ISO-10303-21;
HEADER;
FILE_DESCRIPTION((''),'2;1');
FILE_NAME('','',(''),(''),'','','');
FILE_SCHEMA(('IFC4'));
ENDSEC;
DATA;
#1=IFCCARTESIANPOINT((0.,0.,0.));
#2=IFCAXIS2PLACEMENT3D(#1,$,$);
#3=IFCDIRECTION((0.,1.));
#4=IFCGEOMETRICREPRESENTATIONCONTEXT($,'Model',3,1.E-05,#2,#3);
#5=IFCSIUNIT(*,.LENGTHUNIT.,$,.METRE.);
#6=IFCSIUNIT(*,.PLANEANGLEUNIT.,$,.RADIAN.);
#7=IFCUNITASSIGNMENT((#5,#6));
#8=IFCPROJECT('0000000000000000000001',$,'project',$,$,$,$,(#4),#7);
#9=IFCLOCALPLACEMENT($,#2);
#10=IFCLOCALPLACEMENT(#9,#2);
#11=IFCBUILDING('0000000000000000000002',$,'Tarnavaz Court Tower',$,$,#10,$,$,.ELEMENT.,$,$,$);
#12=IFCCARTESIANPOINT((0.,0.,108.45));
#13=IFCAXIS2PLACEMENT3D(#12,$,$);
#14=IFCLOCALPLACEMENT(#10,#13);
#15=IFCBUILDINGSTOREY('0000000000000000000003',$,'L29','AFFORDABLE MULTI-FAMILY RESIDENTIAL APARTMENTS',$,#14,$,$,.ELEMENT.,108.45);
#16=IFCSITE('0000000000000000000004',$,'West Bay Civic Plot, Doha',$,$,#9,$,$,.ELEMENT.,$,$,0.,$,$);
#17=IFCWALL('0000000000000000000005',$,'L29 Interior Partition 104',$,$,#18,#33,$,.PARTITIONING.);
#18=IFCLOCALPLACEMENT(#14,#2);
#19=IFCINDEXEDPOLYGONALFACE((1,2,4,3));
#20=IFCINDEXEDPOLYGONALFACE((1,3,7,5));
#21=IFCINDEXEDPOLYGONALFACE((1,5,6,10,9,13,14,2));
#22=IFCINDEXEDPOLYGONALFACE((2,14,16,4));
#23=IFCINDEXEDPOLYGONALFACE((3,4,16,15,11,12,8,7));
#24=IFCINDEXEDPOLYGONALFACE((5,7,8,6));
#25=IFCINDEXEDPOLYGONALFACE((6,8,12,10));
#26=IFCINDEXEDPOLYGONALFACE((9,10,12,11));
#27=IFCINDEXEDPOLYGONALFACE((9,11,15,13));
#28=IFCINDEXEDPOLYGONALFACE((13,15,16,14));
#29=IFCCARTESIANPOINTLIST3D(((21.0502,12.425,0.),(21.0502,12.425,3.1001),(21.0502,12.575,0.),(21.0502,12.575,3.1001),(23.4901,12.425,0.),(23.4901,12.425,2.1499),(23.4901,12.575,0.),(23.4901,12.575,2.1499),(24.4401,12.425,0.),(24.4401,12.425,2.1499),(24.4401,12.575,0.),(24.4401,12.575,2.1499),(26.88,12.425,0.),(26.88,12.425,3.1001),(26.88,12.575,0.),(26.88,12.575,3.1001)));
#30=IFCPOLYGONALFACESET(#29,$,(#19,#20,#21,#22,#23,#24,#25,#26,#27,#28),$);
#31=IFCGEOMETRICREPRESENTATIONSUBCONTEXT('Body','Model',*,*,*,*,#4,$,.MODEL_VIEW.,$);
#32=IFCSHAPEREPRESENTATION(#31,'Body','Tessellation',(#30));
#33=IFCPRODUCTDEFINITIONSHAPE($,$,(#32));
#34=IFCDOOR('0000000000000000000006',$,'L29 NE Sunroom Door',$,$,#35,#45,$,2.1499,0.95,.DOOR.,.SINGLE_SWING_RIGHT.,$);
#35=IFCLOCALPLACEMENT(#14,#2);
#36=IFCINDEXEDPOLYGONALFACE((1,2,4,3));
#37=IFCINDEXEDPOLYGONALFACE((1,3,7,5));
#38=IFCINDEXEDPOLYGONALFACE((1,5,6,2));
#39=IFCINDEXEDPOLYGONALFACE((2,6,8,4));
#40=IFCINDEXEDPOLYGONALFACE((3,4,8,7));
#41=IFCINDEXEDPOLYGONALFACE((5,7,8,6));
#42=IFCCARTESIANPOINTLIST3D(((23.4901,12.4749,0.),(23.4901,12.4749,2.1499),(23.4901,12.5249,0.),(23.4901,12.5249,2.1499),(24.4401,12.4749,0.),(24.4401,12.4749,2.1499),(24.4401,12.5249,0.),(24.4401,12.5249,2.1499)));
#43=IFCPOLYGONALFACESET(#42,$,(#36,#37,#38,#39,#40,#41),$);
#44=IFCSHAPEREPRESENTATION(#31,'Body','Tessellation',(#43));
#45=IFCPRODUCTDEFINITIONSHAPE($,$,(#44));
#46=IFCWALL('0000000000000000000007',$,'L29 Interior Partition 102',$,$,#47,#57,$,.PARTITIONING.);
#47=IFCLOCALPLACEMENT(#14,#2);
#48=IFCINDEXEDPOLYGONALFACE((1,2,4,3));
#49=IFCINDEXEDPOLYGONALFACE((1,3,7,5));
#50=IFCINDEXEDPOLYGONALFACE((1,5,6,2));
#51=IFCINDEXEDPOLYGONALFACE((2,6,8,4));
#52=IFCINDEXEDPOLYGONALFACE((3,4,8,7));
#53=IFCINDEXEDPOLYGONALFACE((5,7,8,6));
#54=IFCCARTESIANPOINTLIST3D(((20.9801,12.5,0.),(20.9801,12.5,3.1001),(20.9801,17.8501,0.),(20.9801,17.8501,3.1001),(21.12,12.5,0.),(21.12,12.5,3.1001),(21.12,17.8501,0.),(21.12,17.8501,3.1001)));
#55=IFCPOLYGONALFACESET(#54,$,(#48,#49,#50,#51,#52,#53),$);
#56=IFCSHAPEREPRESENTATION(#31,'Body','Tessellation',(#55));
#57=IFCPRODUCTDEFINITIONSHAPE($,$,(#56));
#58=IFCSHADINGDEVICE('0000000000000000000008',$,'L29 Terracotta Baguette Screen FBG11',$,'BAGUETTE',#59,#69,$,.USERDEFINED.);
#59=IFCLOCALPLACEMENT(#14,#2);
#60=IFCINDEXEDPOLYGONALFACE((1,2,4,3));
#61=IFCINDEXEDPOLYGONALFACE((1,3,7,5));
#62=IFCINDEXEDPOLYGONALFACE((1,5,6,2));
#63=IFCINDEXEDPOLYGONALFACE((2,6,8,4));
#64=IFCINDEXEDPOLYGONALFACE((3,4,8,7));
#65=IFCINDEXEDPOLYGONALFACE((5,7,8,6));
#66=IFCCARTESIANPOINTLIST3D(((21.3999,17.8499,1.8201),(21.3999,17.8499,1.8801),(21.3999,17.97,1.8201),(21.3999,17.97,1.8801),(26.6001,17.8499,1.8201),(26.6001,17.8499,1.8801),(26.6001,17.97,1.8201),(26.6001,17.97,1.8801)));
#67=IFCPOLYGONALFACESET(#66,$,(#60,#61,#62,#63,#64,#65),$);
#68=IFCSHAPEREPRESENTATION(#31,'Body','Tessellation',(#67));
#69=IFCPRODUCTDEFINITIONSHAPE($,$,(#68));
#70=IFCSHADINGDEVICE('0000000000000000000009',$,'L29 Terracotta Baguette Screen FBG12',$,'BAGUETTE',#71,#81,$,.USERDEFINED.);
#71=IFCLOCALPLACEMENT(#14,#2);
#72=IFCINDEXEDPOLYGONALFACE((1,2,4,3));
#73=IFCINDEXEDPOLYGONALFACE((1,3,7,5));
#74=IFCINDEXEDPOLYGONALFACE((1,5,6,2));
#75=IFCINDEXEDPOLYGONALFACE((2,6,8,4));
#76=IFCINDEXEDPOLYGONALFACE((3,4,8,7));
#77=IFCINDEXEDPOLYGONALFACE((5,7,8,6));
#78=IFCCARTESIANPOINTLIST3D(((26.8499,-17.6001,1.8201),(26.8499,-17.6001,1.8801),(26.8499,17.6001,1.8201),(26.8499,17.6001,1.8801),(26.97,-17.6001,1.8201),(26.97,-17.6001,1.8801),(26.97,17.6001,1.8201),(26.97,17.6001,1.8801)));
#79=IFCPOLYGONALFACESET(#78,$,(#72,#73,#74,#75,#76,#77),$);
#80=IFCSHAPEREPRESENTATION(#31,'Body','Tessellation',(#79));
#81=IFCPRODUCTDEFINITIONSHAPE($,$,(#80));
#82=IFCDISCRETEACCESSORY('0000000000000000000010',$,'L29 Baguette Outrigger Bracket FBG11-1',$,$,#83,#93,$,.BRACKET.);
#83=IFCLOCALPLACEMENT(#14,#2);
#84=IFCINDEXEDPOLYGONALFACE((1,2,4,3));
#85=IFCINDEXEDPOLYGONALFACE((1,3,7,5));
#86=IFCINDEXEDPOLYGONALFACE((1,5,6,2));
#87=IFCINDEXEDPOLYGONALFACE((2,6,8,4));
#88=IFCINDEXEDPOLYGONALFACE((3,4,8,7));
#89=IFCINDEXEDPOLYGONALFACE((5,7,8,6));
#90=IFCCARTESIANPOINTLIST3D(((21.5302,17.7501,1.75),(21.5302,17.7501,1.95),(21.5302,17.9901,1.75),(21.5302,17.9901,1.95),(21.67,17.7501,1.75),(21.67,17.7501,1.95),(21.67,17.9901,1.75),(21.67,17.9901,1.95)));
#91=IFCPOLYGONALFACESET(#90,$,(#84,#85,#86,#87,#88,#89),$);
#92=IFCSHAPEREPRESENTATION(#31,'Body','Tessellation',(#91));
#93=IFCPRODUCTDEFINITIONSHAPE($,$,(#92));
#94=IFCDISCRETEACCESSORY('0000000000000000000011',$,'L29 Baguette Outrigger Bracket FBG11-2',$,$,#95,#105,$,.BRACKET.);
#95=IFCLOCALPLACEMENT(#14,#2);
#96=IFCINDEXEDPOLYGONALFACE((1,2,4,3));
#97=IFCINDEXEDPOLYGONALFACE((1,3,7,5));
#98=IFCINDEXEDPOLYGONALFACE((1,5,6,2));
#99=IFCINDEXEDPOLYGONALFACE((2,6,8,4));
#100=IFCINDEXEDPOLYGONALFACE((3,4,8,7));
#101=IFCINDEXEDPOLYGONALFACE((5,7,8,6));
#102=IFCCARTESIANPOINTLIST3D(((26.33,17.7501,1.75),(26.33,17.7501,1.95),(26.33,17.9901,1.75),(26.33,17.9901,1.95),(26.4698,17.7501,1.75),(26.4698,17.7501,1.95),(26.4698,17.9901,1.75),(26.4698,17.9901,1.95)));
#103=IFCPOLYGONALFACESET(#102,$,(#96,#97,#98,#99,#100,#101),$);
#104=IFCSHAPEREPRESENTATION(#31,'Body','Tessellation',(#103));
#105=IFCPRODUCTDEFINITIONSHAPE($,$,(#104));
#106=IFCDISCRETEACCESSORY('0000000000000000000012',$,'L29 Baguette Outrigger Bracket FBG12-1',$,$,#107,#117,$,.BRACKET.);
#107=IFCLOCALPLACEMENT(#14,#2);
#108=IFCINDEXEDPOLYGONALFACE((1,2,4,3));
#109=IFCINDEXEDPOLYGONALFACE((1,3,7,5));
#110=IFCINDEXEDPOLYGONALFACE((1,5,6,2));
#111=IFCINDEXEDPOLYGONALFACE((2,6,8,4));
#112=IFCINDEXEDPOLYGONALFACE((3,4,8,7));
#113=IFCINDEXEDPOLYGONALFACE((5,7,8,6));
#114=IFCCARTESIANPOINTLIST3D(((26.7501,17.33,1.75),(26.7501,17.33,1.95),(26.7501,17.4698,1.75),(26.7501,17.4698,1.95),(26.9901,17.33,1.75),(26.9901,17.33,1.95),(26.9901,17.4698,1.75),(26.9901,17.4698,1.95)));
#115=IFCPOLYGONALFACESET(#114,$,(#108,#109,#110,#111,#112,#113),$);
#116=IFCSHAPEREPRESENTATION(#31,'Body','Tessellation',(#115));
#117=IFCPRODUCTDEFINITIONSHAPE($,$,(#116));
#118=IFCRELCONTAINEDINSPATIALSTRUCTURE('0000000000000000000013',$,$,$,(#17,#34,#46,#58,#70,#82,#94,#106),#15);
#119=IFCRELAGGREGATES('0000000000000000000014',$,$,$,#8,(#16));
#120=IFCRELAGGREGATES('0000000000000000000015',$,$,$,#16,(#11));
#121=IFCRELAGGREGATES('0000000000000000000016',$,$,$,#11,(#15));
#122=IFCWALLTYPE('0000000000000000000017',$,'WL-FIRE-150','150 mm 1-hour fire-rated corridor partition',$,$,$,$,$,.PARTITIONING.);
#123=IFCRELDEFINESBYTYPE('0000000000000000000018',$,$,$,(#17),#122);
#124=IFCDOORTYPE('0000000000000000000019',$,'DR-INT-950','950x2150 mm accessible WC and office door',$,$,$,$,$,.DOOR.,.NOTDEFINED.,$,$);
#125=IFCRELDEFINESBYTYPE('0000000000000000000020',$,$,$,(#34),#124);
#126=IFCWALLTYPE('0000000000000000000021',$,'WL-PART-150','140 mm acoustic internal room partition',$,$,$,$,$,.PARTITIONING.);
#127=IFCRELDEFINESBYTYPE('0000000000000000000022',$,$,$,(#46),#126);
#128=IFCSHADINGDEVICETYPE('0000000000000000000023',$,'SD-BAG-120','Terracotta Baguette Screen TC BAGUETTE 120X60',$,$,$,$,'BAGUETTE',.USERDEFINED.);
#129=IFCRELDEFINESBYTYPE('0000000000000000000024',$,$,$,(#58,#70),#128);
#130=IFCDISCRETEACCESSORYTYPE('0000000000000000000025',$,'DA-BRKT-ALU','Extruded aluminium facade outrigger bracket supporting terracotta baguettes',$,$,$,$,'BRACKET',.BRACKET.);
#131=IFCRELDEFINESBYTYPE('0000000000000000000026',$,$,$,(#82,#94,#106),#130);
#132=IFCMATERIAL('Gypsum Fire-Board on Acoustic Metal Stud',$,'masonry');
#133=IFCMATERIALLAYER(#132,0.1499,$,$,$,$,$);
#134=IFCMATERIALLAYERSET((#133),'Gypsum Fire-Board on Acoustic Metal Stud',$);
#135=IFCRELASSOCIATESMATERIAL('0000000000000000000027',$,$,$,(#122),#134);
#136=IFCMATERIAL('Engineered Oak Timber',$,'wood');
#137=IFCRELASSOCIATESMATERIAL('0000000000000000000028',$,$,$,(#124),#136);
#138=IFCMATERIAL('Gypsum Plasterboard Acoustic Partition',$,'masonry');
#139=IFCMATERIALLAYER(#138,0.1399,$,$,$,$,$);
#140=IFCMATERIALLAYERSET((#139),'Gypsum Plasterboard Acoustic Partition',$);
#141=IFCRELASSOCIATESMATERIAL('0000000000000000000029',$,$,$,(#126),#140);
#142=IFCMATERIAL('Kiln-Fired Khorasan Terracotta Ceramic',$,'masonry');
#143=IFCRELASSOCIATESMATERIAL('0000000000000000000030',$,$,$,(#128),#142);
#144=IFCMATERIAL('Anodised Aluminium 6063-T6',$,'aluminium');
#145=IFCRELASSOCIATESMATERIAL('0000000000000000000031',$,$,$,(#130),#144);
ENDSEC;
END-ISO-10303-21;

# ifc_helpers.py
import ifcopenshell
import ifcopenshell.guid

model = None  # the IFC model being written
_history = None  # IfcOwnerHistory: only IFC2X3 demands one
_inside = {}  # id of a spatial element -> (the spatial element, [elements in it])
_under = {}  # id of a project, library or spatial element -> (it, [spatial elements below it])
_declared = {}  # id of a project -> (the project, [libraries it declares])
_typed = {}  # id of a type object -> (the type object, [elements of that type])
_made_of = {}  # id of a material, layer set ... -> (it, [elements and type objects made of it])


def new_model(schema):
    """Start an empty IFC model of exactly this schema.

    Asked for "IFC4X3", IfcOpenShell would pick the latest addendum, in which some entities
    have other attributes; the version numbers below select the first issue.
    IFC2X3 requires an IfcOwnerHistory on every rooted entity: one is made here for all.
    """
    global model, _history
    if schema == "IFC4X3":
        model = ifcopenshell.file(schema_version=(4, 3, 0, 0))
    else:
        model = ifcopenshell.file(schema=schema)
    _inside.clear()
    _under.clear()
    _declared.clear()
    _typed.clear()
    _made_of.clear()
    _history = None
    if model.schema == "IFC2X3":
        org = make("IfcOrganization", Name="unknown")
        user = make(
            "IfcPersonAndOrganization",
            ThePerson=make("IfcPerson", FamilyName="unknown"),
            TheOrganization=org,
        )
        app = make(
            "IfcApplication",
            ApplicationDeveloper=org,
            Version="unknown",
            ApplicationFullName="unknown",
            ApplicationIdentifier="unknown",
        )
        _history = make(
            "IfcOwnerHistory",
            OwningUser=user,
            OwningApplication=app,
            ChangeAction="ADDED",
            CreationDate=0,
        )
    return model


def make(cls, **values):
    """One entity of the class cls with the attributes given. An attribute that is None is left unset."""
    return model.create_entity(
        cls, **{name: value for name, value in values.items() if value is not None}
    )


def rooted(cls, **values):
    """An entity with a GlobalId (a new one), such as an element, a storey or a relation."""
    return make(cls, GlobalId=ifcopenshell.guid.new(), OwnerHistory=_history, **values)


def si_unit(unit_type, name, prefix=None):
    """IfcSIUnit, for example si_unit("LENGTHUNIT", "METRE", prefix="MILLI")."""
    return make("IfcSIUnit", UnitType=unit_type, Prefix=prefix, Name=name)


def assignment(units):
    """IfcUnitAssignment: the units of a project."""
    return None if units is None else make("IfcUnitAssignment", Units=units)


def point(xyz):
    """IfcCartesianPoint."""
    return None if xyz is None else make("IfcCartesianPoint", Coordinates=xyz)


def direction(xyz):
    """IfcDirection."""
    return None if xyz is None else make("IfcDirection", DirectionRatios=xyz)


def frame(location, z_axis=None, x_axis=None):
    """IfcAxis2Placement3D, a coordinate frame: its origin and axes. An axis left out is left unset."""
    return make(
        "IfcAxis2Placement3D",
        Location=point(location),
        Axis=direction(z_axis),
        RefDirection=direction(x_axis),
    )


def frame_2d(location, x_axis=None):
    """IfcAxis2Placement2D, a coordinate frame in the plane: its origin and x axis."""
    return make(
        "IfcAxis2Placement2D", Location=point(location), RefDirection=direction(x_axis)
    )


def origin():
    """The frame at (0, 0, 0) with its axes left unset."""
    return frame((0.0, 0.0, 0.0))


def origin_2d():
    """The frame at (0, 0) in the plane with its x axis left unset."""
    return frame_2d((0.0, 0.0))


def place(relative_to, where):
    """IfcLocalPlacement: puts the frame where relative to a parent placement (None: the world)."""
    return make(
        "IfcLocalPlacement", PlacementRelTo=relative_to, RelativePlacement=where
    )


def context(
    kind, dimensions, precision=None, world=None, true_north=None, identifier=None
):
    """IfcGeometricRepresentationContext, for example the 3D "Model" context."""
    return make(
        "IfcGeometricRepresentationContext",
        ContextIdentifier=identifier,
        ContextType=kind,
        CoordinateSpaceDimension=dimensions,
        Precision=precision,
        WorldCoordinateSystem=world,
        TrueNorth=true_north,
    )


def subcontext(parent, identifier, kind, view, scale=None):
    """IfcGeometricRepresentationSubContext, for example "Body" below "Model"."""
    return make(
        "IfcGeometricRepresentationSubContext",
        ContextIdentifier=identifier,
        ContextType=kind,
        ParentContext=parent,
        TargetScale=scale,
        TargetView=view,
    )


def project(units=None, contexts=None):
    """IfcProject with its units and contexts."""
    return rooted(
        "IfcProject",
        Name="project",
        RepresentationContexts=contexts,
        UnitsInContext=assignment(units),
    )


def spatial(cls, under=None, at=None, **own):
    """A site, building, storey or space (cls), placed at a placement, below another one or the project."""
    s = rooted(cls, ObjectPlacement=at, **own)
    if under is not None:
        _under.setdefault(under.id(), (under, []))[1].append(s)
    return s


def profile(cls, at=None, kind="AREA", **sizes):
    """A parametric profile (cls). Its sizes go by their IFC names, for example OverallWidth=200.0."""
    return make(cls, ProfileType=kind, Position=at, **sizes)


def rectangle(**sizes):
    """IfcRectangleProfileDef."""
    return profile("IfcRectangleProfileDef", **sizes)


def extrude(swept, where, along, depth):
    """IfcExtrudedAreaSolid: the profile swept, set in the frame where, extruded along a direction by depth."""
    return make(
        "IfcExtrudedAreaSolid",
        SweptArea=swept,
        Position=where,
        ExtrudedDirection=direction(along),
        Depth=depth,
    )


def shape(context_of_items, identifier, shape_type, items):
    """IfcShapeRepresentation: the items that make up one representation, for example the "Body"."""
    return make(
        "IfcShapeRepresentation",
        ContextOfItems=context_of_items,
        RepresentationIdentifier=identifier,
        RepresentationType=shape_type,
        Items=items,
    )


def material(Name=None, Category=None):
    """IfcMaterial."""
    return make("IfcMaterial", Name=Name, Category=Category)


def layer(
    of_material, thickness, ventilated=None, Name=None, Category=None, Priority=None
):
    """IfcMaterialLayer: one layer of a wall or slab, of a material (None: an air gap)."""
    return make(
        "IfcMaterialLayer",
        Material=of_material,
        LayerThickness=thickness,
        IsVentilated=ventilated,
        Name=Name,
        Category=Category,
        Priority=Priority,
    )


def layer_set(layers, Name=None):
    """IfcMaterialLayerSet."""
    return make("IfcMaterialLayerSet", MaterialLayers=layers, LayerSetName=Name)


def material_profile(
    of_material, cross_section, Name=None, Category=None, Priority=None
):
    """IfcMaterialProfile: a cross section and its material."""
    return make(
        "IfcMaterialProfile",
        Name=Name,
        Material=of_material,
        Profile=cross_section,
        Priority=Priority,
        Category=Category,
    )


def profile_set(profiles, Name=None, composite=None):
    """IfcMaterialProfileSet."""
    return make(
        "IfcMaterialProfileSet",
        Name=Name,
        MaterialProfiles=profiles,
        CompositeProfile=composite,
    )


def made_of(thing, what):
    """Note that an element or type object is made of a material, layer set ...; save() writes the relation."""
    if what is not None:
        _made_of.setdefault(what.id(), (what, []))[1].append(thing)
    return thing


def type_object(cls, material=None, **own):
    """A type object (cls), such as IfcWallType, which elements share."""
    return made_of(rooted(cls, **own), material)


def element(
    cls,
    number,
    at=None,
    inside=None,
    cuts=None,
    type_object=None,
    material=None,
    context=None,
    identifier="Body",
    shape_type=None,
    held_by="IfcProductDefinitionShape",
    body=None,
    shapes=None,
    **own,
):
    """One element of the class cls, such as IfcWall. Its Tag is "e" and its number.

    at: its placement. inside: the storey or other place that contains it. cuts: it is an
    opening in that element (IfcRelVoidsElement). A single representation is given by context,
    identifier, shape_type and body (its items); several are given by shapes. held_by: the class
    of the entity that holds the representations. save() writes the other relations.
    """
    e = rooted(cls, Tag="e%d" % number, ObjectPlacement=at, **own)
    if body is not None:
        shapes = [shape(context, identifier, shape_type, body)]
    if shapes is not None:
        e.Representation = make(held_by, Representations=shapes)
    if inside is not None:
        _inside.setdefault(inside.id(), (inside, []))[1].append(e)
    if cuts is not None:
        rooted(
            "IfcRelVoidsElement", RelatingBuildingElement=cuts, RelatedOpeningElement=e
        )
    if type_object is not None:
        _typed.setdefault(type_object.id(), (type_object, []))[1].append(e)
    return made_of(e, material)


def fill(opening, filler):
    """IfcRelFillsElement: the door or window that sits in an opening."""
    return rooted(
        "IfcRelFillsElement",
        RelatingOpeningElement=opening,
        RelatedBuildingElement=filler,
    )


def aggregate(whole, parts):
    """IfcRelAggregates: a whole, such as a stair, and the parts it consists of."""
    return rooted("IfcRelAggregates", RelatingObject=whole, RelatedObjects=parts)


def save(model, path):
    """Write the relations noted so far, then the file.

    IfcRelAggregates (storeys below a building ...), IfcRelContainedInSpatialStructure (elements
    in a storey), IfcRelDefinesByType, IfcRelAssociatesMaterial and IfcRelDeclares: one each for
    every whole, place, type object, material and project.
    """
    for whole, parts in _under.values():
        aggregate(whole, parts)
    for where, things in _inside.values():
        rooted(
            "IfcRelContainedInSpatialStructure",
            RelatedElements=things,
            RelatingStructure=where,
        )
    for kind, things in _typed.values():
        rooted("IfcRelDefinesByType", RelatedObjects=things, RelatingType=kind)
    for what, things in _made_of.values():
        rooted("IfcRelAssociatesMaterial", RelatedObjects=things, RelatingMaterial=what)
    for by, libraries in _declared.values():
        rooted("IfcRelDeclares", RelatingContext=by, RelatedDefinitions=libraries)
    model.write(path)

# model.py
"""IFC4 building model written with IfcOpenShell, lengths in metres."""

from ifc_helpers import new_model, si_unit, direction, frame, frame_2d, origin, origin_2d, place, context, subcontext, project, spatial, rectangle, extrude, material, layer, layer_set, material_profile, profile_set, type_object, element, fill, save


model = new_model("IFC4")

# Units and contexts
model_context = context("Model", 3, precision=1e-05, world=origin(), true_north=direction((0.0, 1.0)))
body_context = subcontext(model_context, "Body", "Model", "MODEL_VIEW")
ifc_project = project(units=[si_unit("LENGTHUNIT", "METRE"), si_unit("PLANEANGLEUNIT", "RADIAN")], contexts=[model_context])

# Site, building, storey
site_placement = place(None, origin())
site = spatial("IfcSite", under=ifc_project, at=site_placement, Name="West Bay Civic Plot, Doha", CompositionType="ELEMENT", RefElevation=0.0)
building_placement = place(site_placement, origin())
building = spatial("IfcBuilding", under=site, at=building_placement, Name="Tarnavaz Court Tower", CompositionType="ELEMENT")
storey_placement = place(building_placement, frame((0.0, 0.0, 108.45)))
storey = spatial("IfcBuildingStorey", under=building, at=storey_placement, Name="L29", Description="AFFORDABLE MULTI-FAMILY RESIDENTIAL APARTMENTS", CompositionType="ELEMENT", Elevation=108.45)

# Wall, opening, door
ifc_material_1 = material(Name="Gypsum Fire-Board on Acoustic Metal Stud", Category="masonry")
ifc_layer_1 = layer(ifc_material_1, 0.1499)
ifc_layer_set_1 = layer_set([ifc_layer_1], Name="Gypsum Fire-Board on Acoustic Metal Stud")
wall_type_1 = type_object("IfcWallType", Name="WL-FIRE-150", Description="150 mm 1-hour fire-rated corridor partition", PredefinedType="PARTITIONING", material=ifc_layer_set_1)
wall_1_placement = place(storey_placement, frame((21.05, 12.5, 0.0), z_axis=(0.0, 0.0, 1.0), x_axis=(1.0, 0.0, 0.0)))
wall_1 = element("IfcWall", 1, at=wall_1_placement, inside=storey, type_object=wall_type_1, Name="L29 Interior Partition 104", PredefinedType="PARTITIONING", context=body_context, shape_type="SweptSolid", body=[
    extrude(rectangle(XDim=5.8298, YDim=0.1499, at=frame_2d((2.915, 0.0))), origin(), (0.0, 0.0, 1.0), 3.1001),
])
opening_1_placement = place(wall_1_placement, frame((2.4399, 0.0, 0.0)))
opening_1 = element("IfcOpeningElement", 2, at=opening_1_placement, cuts=wall_1, PredefinedType="OPENING", context=body_context, shape_type="SweptSolid", body=[
    extrude(rectangle(XDim=0.95, YDim=2.1499, at=frame_2d((0.4751, 1.075))), frame((0.0, 0.085, 0.0), z_axis=(0.0, -1.0, 0.0), x_axis=(1.0, 0.0, 0.0)), (0.0, 0.0, 1.0), 0.1699),
])
ifc_material_2 = material(Name="Engineered Oak Timber", Category="wood")
door_type = type_object("IfcDoorType", Name="DR-INT-950", Description="950x2150 mm accessible WC and office door", OperationType="NOTDEFINED", PredefinedType="DOOR", material=ifc_material_2)
door_placement = place(opening_1_placement, origin())
door = element("IfcDoor", 3, at=door_placement, inside=storey, type_object=door_type, Name="L29 NE Sunroom Door", OperationType="SINGLE_SWING_RIGHT", OverallHeight=2.1499, OverallWidth=0.95, PredefinedType="DOOR", context=body_context, shape_type="SweptSolid", body=[
    extrude(rectangle(XDim=0.95, YDim=2.1499, at=frame_2d((0.4751, 1.075))), frame((0.0, 0.0249, 0.0), z_axis=(0.0, -1.0, 0.0), x_axis=(1.0, 0.0, 0.0)), (0.0, 0.0, 1.0), 0.05),
])
fill(opening_1, door)

# Wall
ifc_material_3 = material(Name="Gypsum Plasterboard Acoustic Partition", Category="masonry")
ifc_layer_2 = layer(ifc_material_3, 0.1399)
ifc_layer_set_2 = layer_set([ifc_layer_2], Name="Gypsum Plasterboard Acoustic Partition")
wall_type_2 = type_object("IfcWallType", Name="WL-PART-150", Description="140 mm acoustic internal room partition", PredefinedType="PARTITIONING", material=ifc_layer_set_2)
wall_2_placement = place(storey_placement, frame((21.05, 12.5, 0.0), z_axis=(0.0, 0.0, 1.0), x_axis=(0.0, 1.0, 0.0)))
element("IfcWall", 4, at=wall_2_placement, inside=storey, type_object=wall_type_2, Name="L29 Interior Partition 102", PredefinedType="PARTITIONING", context=body_context, shape_type="SweptSolid", body=[
    extrude(rectangle(XDim=5.3501, YDim=0.1399, at=frame_2d((2.675, 0.0))), origin(), (0.0, 0.0, 1.0), 3.1001),
])

# Shading devices
ifc_material_4 = material(Name="Kiln-Fired Khorasan Terracotta Ceramic", Category="masonry")
ifc_material_profile_1 = material_profile(ifc_material_4, rectangle(XDim=0.1201, YDim=0.0601, at=origin_2d()), Name="TC BAGUETTE 120X60")
ifc_profile_set_1 = profile_set([ifc_material_profile_1], Name="Kiln-Fired Khorasan Terracotta Ceramic")
shading_device_type = type_object("IfcShadingDeviceType", Name="SD-BAG-120", Description="Terracotta Baguette Screen TC BAGUETTE 120X60", ElementType="BAGUETTE", PredefinedType="USERDEFINED", material=ifc_profile_set_1)
shading_device_1_placement = place(storey_placement, frame((21.3999, 17.9099, 1.8501), z_axis=(1.0, 0.0, 0.0), x_axis=(0.0, 1.0, 0.0)))
element("IfcShadingDevice", 5, at=shading_device_1_placement, inside=storey, type_object=shading_device_type, Name="L29 Terracotta Baguette Screen FBG11", ObjectType="BAGUETTE", PredefinedType="USERDEFINED", context=body_context, shape_type="SweptSolid", body=[
    extrude(rectangle(XDim=0.1201, YDim=0.0601, at=origin_2d()), origin(), (0.0, 0.0, 1.0), 5.2002),
])
shading_device_2_placement = place(storey_placement, frame((26.9099, 17.6001, 1.8501), z_axis=(0.0, -1.0, 0.0), x_axis=(1.0, 0.0, 0.0)))
element("IfcShadingDevice", 6, at=shading_device_2_placement, inside=storey, type_object=shading_device_type, Name="L29 Terracotta Baguette Screen FBG12", ObjectType="BAGUETTE", PredefinedType="USERDEFINED", context=body_context, shape_type="SweptSolid", body=[
    extrude(rectangle(XDim=0.1201, YDim=0.0601, at=origin_2d()), origin(), (0.0, 0.0, 1.0), 35.2002),
])

# Discrete accessories
ifc_material_5 = material(Name="Anodised Aluminium 6063-T6", Category="aluminium")
discrete_accessory_type = type_object("IfcDiscreteAccessoryType", Name="DA-BRKT-ALU", Description="Extruded aluminium facade outrigger bracket supporting terracotta baguettes", ElementType="BRACKET", PredefinedType="BRACKET", material=ifc_material_5)
for number, where, z_axis, x_axis, name in (
    (7, (21.6001, 17.8701, 1.75), (0.0, 0.0, 1.0), (1.0, 0.0, 0.0), "L29 Baguette Outrigger Bracket FBG11-1"),
    (8, (26.3999, 17.8701, 1.75), (0.0, 0.0, 1.0), (1.0, 0.0, 0.0), "L29 Baguette Outrigger Bracket FBG11-2"),
    (9, (26.8701, 17.3999, 1.75), (0.0, 0.0, 1.0), (0.0, -1.0, 0.0), "L29 Baguette Outrigger Bracket FBG12-1"),
):
    element("IfcDiscreteAccessory", number, at=place(storey_placement, frame(where, z_axis=z_axis, x_axis=x_axis)), inside=storey, type_object=discrete_accessory_type, Name=name, PredefinedType="BRACKET", context=body_context, shape_type="SweptSolid", body=[
        extrude(rectangle(XDim=0.1399, YDim=0.24, at=origin_2d()), origin(), (0.0, 0.0, 1.0), 0.2),
    ])

save(model, "model.ifc")
